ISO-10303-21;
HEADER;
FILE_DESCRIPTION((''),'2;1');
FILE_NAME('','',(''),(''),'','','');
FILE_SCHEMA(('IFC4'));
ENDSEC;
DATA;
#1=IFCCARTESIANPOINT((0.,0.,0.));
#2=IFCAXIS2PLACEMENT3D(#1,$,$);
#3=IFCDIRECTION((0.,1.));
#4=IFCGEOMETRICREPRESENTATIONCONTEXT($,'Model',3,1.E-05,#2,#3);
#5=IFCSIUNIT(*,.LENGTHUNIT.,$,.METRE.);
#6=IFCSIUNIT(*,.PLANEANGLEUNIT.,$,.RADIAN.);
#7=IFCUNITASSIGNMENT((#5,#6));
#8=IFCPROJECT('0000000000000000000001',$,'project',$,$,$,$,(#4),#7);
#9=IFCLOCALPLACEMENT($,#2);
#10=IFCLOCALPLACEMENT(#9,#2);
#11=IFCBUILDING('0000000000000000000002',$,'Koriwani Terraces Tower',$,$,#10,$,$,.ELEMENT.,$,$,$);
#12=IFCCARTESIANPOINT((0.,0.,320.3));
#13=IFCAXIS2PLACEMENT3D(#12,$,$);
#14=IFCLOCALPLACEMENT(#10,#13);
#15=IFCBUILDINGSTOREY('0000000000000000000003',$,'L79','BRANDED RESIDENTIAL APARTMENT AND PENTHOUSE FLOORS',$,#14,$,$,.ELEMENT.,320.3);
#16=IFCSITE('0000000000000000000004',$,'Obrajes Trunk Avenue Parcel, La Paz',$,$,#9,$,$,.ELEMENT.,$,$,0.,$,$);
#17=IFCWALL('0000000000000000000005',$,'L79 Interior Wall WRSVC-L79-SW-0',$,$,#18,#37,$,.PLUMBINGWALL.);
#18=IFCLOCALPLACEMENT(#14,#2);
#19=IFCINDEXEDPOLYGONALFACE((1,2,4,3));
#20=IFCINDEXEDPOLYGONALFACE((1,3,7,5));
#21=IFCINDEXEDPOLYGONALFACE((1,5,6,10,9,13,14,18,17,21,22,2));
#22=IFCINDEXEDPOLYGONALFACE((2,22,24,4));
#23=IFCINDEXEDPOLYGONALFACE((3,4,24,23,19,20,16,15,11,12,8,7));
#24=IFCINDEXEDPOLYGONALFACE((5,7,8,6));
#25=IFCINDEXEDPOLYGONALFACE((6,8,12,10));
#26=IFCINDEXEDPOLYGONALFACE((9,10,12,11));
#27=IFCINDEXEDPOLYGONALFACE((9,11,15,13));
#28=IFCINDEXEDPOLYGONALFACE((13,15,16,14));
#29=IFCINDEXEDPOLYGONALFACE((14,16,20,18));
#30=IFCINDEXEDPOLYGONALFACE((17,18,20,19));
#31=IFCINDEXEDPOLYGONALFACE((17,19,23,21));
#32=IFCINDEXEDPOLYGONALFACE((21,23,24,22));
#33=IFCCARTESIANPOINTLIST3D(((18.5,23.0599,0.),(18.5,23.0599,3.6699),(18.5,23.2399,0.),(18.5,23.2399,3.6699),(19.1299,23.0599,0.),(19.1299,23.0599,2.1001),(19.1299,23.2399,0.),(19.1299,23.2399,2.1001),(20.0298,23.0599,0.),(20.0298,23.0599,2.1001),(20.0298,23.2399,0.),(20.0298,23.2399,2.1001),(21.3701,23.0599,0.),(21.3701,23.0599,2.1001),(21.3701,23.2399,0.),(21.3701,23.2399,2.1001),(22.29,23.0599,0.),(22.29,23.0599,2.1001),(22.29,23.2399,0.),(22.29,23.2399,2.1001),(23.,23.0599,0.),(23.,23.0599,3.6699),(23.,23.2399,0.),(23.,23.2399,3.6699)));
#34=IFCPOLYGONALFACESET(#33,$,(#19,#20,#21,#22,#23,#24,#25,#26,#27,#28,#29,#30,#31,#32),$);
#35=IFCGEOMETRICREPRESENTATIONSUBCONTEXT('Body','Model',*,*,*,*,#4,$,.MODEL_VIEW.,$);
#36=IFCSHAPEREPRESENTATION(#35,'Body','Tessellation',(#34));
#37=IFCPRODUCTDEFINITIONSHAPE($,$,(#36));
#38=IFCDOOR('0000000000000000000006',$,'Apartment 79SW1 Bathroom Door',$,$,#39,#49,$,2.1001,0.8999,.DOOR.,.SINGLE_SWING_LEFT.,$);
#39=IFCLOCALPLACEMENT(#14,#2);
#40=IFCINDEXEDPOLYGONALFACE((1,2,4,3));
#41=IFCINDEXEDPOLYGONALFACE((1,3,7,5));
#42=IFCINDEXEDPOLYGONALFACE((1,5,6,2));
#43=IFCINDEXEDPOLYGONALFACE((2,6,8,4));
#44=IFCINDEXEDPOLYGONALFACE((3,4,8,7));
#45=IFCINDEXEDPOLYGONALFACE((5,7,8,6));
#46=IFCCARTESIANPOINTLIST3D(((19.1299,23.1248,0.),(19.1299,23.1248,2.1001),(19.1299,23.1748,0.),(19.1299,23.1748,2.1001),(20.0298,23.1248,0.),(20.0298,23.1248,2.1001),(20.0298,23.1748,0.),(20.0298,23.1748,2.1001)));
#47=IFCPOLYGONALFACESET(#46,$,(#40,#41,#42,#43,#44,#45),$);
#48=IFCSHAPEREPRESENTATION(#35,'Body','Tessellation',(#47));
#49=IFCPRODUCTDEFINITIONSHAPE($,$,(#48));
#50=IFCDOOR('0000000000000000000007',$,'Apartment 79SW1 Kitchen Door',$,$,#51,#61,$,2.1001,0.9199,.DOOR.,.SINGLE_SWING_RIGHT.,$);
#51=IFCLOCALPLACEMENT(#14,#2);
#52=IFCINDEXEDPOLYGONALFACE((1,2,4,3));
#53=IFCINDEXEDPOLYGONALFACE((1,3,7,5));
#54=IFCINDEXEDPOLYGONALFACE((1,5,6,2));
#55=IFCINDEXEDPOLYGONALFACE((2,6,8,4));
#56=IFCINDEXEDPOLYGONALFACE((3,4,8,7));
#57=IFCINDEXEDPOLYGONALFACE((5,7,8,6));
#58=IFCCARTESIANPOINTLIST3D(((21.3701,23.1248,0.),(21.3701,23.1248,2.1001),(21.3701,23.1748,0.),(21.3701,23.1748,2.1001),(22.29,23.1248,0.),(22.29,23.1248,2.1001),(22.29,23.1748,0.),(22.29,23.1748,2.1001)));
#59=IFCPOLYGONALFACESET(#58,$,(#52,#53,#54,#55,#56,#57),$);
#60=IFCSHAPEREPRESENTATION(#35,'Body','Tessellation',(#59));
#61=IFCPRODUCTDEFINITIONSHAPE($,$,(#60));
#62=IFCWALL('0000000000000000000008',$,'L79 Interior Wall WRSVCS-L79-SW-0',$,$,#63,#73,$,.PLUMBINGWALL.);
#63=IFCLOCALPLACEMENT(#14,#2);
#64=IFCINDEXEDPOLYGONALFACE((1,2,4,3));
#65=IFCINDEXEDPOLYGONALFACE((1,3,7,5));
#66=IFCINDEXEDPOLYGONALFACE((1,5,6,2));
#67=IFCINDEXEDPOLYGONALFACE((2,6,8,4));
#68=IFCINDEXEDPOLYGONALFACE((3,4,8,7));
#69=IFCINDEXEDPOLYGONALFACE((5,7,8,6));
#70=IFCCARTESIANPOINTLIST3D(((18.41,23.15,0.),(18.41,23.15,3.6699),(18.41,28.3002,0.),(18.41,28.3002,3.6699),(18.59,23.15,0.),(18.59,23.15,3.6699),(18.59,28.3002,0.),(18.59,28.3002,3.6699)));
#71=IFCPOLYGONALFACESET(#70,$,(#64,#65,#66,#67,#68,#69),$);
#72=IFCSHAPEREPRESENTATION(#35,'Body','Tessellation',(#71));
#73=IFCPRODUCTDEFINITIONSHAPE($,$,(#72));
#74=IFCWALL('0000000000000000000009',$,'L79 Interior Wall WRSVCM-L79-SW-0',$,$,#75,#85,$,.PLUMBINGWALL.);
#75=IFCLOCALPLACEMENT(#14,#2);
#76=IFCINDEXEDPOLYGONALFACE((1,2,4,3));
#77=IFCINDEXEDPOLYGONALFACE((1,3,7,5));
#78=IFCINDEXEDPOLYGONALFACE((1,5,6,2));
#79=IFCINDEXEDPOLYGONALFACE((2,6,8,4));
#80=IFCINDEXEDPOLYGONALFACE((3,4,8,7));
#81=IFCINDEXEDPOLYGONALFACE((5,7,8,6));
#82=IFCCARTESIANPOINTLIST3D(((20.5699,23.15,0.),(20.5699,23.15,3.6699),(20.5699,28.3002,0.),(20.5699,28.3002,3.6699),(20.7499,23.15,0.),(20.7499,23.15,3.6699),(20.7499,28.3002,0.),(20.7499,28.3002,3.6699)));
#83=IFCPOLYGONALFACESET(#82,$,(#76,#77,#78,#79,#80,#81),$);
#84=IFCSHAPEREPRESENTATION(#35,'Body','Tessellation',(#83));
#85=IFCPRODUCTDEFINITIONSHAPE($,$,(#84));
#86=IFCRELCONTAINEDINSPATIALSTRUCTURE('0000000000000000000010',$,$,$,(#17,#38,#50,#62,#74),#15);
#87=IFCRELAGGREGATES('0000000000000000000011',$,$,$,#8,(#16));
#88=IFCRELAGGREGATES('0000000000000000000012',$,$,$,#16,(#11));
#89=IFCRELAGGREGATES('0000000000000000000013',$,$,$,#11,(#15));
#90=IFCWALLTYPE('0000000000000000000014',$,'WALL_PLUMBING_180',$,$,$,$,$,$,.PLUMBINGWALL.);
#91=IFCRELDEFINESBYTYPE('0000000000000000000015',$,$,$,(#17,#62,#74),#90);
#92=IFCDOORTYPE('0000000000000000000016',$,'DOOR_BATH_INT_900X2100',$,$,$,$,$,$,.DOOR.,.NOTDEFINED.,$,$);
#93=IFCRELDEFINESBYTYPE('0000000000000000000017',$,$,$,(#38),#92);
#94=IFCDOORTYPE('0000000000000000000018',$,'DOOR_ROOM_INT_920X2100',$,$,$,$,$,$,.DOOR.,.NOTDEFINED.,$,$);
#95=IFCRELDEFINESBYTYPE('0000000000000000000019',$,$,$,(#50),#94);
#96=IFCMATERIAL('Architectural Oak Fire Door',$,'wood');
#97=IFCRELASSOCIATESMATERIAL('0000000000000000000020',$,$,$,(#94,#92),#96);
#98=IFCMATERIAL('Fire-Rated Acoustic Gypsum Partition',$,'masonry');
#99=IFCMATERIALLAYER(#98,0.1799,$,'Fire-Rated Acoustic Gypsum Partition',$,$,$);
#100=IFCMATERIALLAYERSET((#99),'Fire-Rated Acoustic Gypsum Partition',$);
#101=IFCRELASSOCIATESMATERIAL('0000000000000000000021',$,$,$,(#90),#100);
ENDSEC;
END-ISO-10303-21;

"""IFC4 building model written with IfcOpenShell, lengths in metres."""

from ifc_helpers import new_model, si_unit, direction, frame, frame_2d, origin, place, context, subcontext, project, spatial, rectangle, extrude, material, layer, layer_set, type_object, element, fill, save


model = new_model("IFC4")

# Units and contexts
model_context = context("Model", 3, precision=1e-05, world=origin(), true_north=direction((0.0, 1.0)))
body_context = subcontext(model_context, "Body", "Model", "MODEL_VIEW")
ifc_project = project(units=[si_unit("LENGTHUNIT", "METRE"), si_unit("PLANEANGLEUNIT", "RADIAN")], contexts=[model_context])

# Site, building, storey
site_placement = place(None, origin())
site = spatial("IfcSite", under=ifc_project, at=site_placement, Name="Obrajes Trunk Avenue Parcel, La Paz", CompositionType="ELEMENT", RefElevation=0.0)
building_placement = place(site_placement, origin())
building = spatial("IfcBuilding", under=site, at=building_placement, Name="Koriwani Terraces Tower", CompositionType="ELEMENT")
storey_placement = place(building_placement, frame((0.0, 0.0, 320.3)))
storey = spatial("IfcBuildingStorey", under=building, at=storey_placement, Name="L79", Description="BRANDED RESIDENTIAL APARTMENT AND PENTHOUSE FLOORS", CompositionType="ELEMENT", Elevation=320.3)

# Shared definitions
ifc_material_1 = material(Name="Fire-Rated Acoustic Gypsum Partition", Category="masonry")
ifc_material_2 = material(Name="Architectural Oak Fire Door", Category="wood")
door_type_1 = type_object("IfcDoorType", Name="DOOR_ROOM_INT_920X2100", OperationType="NOTDEFINED", PredefinedType="DOOR", material=ifc_material_2)

# Wall, openings, doors
ifc_layer_1 = layer(ifc_material_1, 0.1799, Name="Fire-Rated Acoustic Gypsum Partition")
ifc_layer_set_1 = layer_set([ifc_layer_1], Name="Fire-Rated Acoustic Gypsum Partition")
wall_type_1 = type_object("IfcWallType", Name="WALL_PLUMBING_180", PredefinedType="PLUMBINGWALL", material=ifc_layer_set_1)
wall_1_placement = place(storey_placement, frame((18.5, 23.1499, 0.0), z_axis=(0.0, 0.0, 1.0), x_axis=(1.0, 0.0, 0.0)))
wall_1 = element("IfcWall", 1, at=wall_1_placement, inside=storey, type_object=wall_type_1, Name="L79 Interior Wall WRSVC-L79-SW-0", PredefinedType="PLUMBINGWALL", context=body_context, shape_type="SweptSolid", body=[
    extrude(rectangle(XDim=4.5, YDim=0.1799, at=frame_2d((2.25, 0.0))), origin(), (0.0, 0.0, 1.0), 3.6699),
])
opening_1_placement = place(wall_1_placement, frame((0.6299, 0.0, 0.0)))
opening_1 = element("IfcOpeningElement", 2, at=opening_1_placement, cuts=wall_1, PredefinedType="OPENING", context=body_context, shape_type="SweptSolid", body=[
    extrude(rectangle(XDim=0.8999, YDim=2.1001, at=frame_2d((0.45, 1.05))), frame((0.0, 0.1001, 0.0), z_axis=(0.0, -1.0, 0.0), x_axis=(1.0, 0.0, 0.0)), (0.0, 0.0, 1.0), 0.2),
])
opening_2_placement = place(wall_1_placement, frame((2.8701, 0.0, 0.0)))
opening_2 = element("IfcOpeningElement", 3, at=opening_2_placement, cuts=wall_1, PredefinedType="OPENING", context=body_context, shape_type="SweptSolid", body=[
    extrude(rectangle(XDim=0.9199, YDim=2.1001, at=frame_2d((0.46, 1.05))), frame((0.0, 0.1001, 0.0), z_axis=(0.0, -1.0, 0.0), x_axis=(1.0, 0.0, 0.0)), (0.0, 0.0, 1.0), 0.2),
])
door_type_2 = type_object("IfcDoorType", Name="DOOR_BATH_INT_900X2100", OperationType="NOTDEFINED", PredefinedType="DOOR", material=ifc_material_2)
door_1_placement = place(opening_1_placement, origin())
door_1 = element("IfcDoor", 4, at=door_1_placement, inside=storey, type_object=door_type_2, Name="Apartment 79SW1 Bathroom Door", OperationType="SINGLE_SWING_LEFT", OverallHeight=2.1001, OverallWidth=0.8999, PredefinedType="DOOR", context=body_context, shape_type="SweptSolid", body=[
    extrude(rectangle(XDim=0.8999, YDim=2.1001, at=frame_2d((0.45, 1.05))), frame((0.0, 0.0249, 0.0), z_axis=(0.0, -1.0, 0.0), x_axis=(1.0, 0.0, 0.0)), (0.0, 0.0, 1.0), 0.05),
])
fill(opening_1, door_1)
door_2_placement = place(opening_2_placement, origin())
door_2 = element("IfcDoor", 5, at=door_2_placement, inside=storey, type_object=door_type_1, Name="Apartment 79SW1 Kitchen Door", OperationType="SINGLE_SWING_RIGHT", OverallHeight=2.1001, OverallWidth=0.9199, PredefinedType="DOOR", context=body_context, shape_type="SweptSolid", body=[
    extrude(rectangle(XDim=0.9199, YDim=2.1001, at=frame_2d((0.46, 1.05))), frame((0.0, 0.0249, 0.0), z_axis=(0.0, -1.0, 0.0), x_axis=(1.0, 0.0, 0.0)), (0.0, 0.0, 1.0), 0.05),
])
fill(opening_2, door_2)

# Walls
for number, where, z_axis, x_axis, name in (
    (6, (18.5, 23.1499, 0.0), (0.0, 0.0, 1.0), (0.0, 1.0, 0.0), "L79 Interior Wall WRSVCS-L79-SW-0"),
    (7, (20.6599, 23.1499, 0.0), (0.0, 0.0, 1.0), (0.0, 1.0, 0.0), "L79 Interior Wall WRSVCM-L79-SW-0"),
):
    element("IfcWall", number, at=place(storey_placement, frame(where, z_axis=z_axis, x_axis=x_axis)), inside=storey, type_object=wall_type_1, Name=name, PredefinedType="PLUMBINGWALL", context=body_context, shape_type="SweptSolid", body=[
        extrude(rectangle(XDim=5.1501, YDim=0.1799, at=frame_2d((2.5752, 0.0))), origin(), (0.0, 0.0, 1.0), 3.6699),
    ])

save(model, "model.ifc")
